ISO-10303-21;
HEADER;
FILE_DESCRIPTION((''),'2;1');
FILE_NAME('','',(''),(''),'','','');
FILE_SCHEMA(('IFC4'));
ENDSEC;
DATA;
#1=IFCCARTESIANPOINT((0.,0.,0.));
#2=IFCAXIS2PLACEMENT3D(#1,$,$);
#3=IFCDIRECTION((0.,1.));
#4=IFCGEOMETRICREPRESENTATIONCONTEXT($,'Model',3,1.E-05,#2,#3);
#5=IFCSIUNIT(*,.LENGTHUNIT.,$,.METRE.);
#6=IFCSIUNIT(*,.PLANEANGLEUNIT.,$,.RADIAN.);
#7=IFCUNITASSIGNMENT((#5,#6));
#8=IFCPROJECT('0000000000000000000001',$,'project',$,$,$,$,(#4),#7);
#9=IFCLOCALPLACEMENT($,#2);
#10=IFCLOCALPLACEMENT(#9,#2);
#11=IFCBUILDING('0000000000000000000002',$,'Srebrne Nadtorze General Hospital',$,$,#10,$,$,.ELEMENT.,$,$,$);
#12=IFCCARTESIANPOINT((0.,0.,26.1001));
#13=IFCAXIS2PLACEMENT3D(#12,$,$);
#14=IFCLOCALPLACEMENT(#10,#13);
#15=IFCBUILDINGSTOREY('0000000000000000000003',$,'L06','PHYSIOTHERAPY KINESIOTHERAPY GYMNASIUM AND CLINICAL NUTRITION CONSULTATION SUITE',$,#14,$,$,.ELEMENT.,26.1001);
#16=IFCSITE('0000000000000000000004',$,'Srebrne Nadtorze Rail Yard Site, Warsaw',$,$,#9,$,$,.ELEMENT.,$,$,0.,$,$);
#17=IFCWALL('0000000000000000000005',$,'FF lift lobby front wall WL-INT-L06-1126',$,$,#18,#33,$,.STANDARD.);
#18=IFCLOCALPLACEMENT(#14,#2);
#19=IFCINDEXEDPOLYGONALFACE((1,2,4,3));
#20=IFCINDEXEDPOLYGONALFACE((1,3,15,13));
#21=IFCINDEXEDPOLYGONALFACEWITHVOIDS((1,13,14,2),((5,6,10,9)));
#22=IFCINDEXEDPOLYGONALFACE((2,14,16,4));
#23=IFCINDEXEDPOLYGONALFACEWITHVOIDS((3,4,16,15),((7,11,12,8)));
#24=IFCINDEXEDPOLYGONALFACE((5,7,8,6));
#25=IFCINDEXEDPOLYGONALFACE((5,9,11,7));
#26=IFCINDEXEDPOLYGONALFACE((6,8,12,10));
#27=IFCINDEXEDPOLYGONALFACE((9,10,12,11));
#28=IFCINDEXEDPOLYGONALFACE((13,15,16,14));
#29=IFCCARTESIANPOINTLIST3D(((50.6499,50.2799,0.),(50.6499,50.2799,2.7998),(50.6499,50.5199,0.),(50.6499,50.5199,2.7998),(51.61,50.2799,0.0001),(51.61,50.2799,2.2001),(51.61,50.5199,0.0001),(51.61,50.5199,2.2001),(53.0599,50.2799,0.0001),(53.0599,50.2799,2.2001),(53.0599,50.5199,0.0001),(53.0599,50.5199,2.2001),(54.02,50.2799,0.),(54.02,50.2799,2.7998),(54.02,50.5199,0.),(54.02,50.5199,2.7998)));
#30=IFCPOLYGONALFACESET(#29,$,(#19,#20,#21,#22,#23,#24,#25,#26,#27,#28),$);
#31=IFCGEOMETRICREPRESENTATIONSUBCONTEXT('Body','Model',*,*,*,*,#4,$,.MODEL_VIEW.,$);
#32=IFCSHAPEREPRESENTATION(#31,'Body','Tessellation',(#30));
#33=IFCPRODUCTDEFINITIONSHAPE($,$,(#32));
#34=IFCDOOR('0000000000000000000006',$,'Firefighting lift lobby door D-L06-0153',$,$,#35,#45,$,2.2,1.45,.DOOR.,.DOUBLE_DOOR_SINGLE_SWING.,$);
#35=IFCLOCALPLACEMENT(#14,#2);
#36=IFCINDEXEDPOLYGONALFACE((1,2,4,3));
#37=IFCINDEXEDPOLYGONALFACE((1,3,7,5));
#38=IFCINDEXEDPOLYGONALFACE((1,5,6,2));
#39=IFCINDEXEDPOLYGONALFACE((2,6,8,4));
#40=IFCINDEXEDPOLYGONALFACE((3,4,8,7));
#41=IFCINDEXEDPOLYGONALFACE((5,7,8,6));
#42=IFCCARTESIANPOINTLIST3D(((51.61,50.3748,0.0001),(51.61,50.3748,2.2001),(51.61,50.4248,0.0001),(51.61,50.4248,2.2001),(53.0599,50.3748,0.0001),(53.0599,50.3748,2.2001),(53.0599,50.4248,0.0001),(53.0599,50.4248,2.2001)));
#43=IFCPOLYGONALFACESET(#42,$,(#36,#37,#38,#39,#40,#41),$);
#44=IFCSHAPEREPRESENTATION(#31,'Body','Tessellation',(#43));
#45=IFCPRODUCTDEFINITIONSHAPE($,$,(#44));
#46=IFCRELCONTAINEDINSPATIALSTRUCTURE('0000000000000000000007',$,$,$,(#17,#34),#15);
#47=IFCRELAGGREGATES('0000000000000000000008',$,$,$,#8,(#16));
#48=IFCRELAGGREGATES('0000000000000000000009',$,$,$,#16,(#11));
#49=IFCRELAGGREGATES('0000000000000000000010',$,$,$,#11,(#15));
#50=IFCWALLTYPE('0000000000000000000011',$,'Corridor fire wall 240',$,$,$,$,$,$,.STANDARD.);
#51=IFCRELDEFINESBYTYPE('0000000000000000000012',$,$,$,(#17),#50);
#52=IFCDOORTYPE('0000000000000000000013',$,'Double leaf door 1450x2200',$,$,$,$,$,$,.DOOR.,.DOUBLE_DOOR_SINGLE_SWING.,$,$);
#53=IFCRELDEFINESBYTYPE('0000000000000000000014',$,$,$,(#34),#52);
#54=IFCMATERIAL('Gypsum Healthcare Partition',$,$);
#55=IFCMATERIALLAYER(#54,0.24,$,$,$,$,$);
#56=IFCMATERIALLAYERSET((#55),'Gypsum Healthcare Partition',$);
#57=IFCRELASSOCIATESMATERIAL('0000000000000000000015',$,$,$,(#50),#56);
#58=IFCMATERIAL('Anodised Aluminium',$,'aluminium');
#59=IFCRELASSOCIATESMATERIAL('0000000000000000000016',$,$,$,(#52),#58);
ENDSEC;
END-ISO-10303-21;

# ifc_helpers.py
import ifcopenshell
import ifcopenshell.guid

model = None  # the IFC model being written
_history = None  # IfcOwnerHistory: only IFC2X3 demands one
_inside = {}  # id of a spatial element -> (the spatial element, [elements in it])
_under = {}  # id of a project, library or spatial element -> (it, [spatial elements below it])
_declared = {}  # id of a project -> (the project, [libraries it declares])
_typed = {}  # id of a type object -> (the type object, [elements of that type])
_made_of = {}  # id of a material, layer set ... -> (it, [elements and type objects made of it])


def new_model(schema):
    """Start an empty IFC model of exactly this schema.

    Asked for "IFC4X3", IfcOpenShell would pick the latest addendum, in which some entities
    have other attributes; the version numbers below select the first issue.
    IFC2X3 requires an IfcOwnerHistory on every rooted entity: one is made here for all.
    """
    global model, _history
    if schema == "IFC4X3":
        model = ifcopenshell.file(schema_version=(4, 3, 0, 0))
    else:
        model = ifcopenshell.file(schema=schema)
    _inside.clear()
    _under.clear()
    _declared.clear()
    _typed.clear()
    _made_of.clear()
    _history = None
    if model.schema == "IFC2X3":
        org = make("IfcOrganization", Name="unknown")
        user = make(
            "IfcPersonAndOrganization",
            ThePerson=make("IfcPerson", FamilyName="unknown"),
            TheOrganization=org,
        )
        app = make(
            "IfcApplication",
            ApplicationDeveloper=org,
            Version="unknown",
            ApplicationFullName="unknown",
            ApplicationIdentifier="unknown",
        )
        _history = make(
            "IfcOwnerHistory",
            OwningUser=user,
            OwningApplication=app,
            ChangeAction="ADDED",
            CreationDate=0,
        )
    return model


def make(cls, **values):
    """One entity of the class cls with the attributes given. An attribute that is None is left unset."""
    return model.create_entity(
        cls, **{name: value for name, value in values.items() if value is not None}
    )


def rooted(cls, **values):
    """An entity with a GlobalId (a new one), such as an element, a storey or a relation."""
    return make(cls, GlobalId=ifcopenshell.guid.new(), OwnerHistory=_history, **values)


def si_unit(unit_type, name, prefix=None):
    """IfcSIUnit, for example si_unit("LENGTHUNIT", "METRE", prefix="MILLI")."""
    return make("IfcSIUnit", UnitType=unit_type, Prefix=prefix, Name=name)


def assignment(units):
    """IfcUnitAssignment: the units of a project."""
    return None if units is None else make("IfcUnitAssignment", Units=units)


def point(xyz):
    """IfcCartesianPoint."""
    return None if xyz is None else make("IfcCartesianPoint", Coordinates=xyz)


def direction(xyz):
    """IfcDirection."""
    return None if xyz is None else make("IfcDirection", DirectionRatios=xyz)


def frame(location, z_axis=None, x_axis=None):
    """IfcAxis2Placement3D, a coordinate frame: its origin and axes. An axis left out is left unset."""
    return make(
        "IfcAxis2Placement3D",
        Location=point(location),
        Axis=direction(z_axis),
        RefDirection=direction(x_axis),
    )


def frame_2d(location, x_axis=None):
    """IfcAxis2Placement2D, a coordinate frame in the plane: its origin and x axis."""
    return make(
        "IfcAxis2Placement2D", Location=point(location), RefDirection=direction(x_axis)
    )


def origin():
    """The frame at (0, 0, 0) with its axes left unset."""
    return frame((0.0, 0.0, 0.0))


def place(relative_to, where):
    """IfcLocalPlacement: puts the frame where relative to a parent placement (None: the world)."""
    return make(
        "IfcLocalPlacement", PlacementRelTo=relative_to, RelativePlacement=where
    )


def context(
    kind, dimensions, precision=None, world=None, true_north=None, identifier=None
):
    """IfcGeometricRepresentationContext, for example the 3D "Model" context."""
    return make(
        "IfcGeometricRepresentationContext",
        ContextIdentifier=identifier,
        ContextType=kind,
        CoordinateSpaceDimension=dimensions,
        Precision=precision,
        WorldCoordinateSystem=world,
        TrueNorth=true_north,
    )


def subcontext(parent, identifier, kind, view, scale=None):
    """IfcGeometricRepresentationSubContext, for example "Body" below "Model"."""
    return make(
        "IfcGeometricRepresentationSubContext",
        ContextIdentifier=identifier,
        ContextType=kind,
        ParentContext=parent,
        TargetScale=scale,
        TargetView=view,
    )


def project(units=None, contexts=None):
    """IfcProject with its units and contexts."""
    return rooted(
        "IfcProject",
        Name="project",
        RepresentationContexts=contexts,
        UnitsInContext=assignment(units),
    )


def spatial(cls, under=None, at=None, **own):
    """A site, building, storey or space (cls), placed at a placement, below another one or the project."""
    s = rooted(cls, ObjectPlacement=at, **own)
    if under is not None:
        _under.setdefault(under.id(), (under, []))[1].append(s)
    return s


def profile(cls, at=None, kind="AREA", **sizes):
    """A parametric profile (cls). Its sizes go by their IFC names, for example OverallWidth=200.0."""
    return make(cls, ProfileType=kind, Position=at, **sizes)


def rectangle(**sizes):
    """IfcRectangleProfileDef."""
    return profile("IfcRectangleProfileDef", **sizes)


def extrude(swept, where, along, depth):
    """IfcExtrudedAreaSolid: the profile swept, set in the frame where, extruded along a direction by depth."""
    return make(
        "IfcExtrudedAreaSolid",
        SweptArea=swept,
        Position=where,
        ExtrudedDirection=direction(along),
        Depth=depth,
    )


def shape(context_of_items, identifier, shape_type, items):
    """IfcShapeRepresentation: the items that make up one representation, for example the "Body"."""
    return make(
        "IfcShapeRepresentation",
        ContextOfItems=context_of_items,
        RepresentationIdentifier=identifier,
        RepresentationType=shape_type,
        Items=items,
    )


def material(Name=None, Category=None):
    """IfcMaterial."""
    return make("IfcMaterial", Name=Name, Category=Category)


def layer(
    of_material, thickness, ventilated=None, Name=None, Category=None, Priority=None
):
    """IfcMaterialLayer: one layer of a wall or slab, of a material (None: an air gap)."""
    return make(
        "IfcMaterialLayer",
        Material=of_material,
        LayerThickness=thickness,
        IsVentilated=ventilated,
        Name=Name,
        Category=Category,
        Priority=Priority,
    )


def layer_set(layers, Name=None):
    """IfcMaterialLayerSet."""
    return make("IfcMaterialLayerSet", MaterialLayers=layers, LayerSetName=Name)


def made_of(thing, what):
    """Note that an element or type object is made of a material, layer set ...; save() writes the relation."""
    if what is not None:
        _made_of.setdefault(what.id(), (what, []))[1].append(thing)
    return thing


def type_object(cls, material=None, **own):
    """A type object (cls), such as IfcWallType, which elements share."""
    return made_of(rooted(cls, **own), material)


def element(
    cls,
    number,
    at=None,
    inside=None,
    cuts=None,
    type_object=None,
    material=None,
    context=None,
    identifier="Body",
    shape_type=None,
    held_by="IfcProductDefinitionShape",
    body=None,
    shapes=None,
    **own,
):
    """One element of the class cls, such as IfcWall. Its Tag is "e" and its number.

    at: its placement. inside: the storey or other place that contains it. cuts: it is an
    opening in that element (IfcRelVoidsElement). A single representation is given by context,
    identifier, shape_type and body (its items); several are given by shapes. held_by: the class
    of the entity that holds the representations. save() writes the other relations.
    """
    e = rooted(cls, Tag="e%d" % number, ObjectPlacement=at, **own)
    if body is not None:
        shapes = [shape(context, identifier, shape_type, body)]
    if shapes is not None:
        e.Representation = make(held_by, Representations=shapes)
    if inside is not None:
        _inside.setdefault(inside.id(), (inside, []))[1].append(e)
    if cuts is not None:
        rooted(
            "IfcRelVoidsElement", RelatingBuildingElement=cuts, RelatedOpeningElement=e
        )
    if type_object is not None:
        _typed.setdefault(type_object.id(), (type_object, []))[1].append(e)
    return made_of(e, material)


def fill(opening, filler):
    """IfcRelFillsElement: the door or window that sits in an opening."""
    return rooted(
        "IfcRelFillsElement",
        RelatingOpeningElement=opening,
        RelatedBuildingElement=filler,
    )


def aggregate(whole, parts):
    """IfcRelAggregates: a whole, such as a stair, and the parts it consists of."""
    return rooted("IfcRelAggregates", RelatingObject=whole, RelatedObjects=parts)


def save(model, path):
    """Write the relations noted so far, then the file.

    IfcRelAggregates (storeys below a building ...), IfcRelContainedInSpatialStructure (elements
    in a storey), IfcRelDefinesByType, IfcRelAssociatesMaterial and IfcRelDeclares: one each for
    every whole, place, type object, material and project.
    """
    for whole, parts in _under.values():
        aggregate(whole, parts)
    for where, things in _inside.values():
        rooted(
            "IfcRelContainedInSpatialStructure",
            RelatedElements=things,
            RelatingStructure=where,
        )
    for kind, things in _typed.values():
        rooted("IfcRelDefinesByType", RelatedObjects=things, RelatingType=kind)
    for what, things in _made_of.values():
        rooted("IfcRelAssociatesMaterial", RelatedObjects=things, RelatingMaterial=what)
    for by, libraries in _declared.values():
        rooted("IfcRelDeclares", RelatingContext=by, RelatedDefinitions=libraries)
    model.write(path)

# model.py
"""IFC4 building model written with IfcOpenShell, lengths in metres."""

from ifc_helpers import new_model, si_unit, direction, frame, frame_2d, origin, place, context, subcontext, project, spatial, rectangle, extrude, material, layer, layer_set, type_object, element, fill, save


model = new_model("IFC4")

# Units and contexts
model_context = context("Model", 3, precision=1e-05, world=origin(), true_north=direction((0.0, 1.0)))
body_context = subcontext(model_context, "Body", "Model", "MODEL_VIEW")
ifc_project = project(units=[si_unit("LENGTHUNIT", "METRE"), si_unit("PLANEANGLEUNIT", "RADIAN")], contexts=[model_context])

# Site, building, storey
site_placement = place(None, origin())
site = spatial("IfcSite", under=ifc_project, at=site_placement, Name="Srebrne Nadtorze Rail Yard Site, Warsaw", CompositionType="ELEMENT", RefElevation=0.0)
building_placement = place(site_placement, origin())
building = spatial("IfcBuilding", under=site, at=building_placement, Name="Srebrne Nadtorze General Hospital", CompositionType="ELEMENT")
storey_placement = place(building_placement, frame((0.0, 0.0, 26.1001)))
storey = spatial("IfcBuildingStorey", under=building, at=storey_placement, Name="L06", Description="PHYSIOTHERAPY KINESIOTHERAPY GYMNASIUM AND CLINICAL NUTRITION CONSULTATION SUITE", CompositionType="ELEMENT", Elevation=26.1001)

# Wall, opening, door
ifc_material_1 = material(Name="Gypsum Healthcare Partition")
ifc_layer_1 = layer(ifc_material_1, 0.24)
ifc_layer_set_1 = layer_set([ifc_layer_1], Name="Gypsum Healthcare Partition")
wall_type_1 = type_object("IfcWallType", Name="Corridor fire wall 240", PredefinedType="STANDARD", material=ifc_layer_set_1)
wall_1_placement = place(storey_placement, frame((50.6499, 50.3999, 0.0), z_axis=(0.0, 0.0, 1.0), x_axis=(1.0, 0.0, 0.0)))
wall_1 = element("IfcWall", 1, at=wall_1_placement, inside=storey, type_object=wall_type_1, Name="FF lift lobby front wall WL-INT-L06-1126", PredefinedType="STANDARD", context=body_context, shape_type="SweptSolid", body=[
    extrude(rectangle(XDim=3.3701, YDim=0.24, at=frame_2d((1.6851, 0.0))), origin(), (0.0, 0.0, 1.0), 2.7998),
])
opening_placement = place(wall_1_placement, frame((0.96, 0.0, 0.0)))
opening = element("IfcOpeningElement", 2, at=opening_placement, cuts=wall_1, PredefinedType="OPENING", context=body_context, shape_type="SweptSolid", body=[
    extrude(rectangle(XDim=1.45, YDim=2.2, at=frame_2d((0.7251, 1.1001))), frame((0.0, 0.1318, 0.0), z_axis=(0.0, -1.0, 0.0), x_axis=(1.0, 0.0, 0.0)), (0.0, 0.0, 1.0), 0.2639),
])
ifc_material_2 = material(Name="Anodised Aluminium", Category="aluminium")
door_type = type_object("IfcDoorType", Name="Double leaf door 1450x2200", OperationType="DOUBLE_DOOR_SINGLE_SWING", PredefinedType="DOOR", material=ifc_material_2)
door_placement = place(opening_placement, origin())
door = element("IfcDoor", 3, at=door_placement, inside=storey, type_object=door_type, Name="Firefighting lift lobby door D-L06-0153", OperationType="DOUBLE_DOOR_SINGLE_SWING", OverallHeight=2.2, OverallWidth=1.45, PredefinedType="DOOR", context=body_context, shape_type="SweptSolid", body=[
    extrude(rectangle(XDim=1.45, YDim=2.2, at=frame_2d((0.7251, 1.1001))), frame((0.0, 0.0249, 0.0), z_axis=(0.0, -1.0, 0.0), x_axis=(1.0, 0.0, 0.0)), (0.0, 0.0, 1.0), 0.05),
])
fill(opening, door)

save(model, "model.ifc")
